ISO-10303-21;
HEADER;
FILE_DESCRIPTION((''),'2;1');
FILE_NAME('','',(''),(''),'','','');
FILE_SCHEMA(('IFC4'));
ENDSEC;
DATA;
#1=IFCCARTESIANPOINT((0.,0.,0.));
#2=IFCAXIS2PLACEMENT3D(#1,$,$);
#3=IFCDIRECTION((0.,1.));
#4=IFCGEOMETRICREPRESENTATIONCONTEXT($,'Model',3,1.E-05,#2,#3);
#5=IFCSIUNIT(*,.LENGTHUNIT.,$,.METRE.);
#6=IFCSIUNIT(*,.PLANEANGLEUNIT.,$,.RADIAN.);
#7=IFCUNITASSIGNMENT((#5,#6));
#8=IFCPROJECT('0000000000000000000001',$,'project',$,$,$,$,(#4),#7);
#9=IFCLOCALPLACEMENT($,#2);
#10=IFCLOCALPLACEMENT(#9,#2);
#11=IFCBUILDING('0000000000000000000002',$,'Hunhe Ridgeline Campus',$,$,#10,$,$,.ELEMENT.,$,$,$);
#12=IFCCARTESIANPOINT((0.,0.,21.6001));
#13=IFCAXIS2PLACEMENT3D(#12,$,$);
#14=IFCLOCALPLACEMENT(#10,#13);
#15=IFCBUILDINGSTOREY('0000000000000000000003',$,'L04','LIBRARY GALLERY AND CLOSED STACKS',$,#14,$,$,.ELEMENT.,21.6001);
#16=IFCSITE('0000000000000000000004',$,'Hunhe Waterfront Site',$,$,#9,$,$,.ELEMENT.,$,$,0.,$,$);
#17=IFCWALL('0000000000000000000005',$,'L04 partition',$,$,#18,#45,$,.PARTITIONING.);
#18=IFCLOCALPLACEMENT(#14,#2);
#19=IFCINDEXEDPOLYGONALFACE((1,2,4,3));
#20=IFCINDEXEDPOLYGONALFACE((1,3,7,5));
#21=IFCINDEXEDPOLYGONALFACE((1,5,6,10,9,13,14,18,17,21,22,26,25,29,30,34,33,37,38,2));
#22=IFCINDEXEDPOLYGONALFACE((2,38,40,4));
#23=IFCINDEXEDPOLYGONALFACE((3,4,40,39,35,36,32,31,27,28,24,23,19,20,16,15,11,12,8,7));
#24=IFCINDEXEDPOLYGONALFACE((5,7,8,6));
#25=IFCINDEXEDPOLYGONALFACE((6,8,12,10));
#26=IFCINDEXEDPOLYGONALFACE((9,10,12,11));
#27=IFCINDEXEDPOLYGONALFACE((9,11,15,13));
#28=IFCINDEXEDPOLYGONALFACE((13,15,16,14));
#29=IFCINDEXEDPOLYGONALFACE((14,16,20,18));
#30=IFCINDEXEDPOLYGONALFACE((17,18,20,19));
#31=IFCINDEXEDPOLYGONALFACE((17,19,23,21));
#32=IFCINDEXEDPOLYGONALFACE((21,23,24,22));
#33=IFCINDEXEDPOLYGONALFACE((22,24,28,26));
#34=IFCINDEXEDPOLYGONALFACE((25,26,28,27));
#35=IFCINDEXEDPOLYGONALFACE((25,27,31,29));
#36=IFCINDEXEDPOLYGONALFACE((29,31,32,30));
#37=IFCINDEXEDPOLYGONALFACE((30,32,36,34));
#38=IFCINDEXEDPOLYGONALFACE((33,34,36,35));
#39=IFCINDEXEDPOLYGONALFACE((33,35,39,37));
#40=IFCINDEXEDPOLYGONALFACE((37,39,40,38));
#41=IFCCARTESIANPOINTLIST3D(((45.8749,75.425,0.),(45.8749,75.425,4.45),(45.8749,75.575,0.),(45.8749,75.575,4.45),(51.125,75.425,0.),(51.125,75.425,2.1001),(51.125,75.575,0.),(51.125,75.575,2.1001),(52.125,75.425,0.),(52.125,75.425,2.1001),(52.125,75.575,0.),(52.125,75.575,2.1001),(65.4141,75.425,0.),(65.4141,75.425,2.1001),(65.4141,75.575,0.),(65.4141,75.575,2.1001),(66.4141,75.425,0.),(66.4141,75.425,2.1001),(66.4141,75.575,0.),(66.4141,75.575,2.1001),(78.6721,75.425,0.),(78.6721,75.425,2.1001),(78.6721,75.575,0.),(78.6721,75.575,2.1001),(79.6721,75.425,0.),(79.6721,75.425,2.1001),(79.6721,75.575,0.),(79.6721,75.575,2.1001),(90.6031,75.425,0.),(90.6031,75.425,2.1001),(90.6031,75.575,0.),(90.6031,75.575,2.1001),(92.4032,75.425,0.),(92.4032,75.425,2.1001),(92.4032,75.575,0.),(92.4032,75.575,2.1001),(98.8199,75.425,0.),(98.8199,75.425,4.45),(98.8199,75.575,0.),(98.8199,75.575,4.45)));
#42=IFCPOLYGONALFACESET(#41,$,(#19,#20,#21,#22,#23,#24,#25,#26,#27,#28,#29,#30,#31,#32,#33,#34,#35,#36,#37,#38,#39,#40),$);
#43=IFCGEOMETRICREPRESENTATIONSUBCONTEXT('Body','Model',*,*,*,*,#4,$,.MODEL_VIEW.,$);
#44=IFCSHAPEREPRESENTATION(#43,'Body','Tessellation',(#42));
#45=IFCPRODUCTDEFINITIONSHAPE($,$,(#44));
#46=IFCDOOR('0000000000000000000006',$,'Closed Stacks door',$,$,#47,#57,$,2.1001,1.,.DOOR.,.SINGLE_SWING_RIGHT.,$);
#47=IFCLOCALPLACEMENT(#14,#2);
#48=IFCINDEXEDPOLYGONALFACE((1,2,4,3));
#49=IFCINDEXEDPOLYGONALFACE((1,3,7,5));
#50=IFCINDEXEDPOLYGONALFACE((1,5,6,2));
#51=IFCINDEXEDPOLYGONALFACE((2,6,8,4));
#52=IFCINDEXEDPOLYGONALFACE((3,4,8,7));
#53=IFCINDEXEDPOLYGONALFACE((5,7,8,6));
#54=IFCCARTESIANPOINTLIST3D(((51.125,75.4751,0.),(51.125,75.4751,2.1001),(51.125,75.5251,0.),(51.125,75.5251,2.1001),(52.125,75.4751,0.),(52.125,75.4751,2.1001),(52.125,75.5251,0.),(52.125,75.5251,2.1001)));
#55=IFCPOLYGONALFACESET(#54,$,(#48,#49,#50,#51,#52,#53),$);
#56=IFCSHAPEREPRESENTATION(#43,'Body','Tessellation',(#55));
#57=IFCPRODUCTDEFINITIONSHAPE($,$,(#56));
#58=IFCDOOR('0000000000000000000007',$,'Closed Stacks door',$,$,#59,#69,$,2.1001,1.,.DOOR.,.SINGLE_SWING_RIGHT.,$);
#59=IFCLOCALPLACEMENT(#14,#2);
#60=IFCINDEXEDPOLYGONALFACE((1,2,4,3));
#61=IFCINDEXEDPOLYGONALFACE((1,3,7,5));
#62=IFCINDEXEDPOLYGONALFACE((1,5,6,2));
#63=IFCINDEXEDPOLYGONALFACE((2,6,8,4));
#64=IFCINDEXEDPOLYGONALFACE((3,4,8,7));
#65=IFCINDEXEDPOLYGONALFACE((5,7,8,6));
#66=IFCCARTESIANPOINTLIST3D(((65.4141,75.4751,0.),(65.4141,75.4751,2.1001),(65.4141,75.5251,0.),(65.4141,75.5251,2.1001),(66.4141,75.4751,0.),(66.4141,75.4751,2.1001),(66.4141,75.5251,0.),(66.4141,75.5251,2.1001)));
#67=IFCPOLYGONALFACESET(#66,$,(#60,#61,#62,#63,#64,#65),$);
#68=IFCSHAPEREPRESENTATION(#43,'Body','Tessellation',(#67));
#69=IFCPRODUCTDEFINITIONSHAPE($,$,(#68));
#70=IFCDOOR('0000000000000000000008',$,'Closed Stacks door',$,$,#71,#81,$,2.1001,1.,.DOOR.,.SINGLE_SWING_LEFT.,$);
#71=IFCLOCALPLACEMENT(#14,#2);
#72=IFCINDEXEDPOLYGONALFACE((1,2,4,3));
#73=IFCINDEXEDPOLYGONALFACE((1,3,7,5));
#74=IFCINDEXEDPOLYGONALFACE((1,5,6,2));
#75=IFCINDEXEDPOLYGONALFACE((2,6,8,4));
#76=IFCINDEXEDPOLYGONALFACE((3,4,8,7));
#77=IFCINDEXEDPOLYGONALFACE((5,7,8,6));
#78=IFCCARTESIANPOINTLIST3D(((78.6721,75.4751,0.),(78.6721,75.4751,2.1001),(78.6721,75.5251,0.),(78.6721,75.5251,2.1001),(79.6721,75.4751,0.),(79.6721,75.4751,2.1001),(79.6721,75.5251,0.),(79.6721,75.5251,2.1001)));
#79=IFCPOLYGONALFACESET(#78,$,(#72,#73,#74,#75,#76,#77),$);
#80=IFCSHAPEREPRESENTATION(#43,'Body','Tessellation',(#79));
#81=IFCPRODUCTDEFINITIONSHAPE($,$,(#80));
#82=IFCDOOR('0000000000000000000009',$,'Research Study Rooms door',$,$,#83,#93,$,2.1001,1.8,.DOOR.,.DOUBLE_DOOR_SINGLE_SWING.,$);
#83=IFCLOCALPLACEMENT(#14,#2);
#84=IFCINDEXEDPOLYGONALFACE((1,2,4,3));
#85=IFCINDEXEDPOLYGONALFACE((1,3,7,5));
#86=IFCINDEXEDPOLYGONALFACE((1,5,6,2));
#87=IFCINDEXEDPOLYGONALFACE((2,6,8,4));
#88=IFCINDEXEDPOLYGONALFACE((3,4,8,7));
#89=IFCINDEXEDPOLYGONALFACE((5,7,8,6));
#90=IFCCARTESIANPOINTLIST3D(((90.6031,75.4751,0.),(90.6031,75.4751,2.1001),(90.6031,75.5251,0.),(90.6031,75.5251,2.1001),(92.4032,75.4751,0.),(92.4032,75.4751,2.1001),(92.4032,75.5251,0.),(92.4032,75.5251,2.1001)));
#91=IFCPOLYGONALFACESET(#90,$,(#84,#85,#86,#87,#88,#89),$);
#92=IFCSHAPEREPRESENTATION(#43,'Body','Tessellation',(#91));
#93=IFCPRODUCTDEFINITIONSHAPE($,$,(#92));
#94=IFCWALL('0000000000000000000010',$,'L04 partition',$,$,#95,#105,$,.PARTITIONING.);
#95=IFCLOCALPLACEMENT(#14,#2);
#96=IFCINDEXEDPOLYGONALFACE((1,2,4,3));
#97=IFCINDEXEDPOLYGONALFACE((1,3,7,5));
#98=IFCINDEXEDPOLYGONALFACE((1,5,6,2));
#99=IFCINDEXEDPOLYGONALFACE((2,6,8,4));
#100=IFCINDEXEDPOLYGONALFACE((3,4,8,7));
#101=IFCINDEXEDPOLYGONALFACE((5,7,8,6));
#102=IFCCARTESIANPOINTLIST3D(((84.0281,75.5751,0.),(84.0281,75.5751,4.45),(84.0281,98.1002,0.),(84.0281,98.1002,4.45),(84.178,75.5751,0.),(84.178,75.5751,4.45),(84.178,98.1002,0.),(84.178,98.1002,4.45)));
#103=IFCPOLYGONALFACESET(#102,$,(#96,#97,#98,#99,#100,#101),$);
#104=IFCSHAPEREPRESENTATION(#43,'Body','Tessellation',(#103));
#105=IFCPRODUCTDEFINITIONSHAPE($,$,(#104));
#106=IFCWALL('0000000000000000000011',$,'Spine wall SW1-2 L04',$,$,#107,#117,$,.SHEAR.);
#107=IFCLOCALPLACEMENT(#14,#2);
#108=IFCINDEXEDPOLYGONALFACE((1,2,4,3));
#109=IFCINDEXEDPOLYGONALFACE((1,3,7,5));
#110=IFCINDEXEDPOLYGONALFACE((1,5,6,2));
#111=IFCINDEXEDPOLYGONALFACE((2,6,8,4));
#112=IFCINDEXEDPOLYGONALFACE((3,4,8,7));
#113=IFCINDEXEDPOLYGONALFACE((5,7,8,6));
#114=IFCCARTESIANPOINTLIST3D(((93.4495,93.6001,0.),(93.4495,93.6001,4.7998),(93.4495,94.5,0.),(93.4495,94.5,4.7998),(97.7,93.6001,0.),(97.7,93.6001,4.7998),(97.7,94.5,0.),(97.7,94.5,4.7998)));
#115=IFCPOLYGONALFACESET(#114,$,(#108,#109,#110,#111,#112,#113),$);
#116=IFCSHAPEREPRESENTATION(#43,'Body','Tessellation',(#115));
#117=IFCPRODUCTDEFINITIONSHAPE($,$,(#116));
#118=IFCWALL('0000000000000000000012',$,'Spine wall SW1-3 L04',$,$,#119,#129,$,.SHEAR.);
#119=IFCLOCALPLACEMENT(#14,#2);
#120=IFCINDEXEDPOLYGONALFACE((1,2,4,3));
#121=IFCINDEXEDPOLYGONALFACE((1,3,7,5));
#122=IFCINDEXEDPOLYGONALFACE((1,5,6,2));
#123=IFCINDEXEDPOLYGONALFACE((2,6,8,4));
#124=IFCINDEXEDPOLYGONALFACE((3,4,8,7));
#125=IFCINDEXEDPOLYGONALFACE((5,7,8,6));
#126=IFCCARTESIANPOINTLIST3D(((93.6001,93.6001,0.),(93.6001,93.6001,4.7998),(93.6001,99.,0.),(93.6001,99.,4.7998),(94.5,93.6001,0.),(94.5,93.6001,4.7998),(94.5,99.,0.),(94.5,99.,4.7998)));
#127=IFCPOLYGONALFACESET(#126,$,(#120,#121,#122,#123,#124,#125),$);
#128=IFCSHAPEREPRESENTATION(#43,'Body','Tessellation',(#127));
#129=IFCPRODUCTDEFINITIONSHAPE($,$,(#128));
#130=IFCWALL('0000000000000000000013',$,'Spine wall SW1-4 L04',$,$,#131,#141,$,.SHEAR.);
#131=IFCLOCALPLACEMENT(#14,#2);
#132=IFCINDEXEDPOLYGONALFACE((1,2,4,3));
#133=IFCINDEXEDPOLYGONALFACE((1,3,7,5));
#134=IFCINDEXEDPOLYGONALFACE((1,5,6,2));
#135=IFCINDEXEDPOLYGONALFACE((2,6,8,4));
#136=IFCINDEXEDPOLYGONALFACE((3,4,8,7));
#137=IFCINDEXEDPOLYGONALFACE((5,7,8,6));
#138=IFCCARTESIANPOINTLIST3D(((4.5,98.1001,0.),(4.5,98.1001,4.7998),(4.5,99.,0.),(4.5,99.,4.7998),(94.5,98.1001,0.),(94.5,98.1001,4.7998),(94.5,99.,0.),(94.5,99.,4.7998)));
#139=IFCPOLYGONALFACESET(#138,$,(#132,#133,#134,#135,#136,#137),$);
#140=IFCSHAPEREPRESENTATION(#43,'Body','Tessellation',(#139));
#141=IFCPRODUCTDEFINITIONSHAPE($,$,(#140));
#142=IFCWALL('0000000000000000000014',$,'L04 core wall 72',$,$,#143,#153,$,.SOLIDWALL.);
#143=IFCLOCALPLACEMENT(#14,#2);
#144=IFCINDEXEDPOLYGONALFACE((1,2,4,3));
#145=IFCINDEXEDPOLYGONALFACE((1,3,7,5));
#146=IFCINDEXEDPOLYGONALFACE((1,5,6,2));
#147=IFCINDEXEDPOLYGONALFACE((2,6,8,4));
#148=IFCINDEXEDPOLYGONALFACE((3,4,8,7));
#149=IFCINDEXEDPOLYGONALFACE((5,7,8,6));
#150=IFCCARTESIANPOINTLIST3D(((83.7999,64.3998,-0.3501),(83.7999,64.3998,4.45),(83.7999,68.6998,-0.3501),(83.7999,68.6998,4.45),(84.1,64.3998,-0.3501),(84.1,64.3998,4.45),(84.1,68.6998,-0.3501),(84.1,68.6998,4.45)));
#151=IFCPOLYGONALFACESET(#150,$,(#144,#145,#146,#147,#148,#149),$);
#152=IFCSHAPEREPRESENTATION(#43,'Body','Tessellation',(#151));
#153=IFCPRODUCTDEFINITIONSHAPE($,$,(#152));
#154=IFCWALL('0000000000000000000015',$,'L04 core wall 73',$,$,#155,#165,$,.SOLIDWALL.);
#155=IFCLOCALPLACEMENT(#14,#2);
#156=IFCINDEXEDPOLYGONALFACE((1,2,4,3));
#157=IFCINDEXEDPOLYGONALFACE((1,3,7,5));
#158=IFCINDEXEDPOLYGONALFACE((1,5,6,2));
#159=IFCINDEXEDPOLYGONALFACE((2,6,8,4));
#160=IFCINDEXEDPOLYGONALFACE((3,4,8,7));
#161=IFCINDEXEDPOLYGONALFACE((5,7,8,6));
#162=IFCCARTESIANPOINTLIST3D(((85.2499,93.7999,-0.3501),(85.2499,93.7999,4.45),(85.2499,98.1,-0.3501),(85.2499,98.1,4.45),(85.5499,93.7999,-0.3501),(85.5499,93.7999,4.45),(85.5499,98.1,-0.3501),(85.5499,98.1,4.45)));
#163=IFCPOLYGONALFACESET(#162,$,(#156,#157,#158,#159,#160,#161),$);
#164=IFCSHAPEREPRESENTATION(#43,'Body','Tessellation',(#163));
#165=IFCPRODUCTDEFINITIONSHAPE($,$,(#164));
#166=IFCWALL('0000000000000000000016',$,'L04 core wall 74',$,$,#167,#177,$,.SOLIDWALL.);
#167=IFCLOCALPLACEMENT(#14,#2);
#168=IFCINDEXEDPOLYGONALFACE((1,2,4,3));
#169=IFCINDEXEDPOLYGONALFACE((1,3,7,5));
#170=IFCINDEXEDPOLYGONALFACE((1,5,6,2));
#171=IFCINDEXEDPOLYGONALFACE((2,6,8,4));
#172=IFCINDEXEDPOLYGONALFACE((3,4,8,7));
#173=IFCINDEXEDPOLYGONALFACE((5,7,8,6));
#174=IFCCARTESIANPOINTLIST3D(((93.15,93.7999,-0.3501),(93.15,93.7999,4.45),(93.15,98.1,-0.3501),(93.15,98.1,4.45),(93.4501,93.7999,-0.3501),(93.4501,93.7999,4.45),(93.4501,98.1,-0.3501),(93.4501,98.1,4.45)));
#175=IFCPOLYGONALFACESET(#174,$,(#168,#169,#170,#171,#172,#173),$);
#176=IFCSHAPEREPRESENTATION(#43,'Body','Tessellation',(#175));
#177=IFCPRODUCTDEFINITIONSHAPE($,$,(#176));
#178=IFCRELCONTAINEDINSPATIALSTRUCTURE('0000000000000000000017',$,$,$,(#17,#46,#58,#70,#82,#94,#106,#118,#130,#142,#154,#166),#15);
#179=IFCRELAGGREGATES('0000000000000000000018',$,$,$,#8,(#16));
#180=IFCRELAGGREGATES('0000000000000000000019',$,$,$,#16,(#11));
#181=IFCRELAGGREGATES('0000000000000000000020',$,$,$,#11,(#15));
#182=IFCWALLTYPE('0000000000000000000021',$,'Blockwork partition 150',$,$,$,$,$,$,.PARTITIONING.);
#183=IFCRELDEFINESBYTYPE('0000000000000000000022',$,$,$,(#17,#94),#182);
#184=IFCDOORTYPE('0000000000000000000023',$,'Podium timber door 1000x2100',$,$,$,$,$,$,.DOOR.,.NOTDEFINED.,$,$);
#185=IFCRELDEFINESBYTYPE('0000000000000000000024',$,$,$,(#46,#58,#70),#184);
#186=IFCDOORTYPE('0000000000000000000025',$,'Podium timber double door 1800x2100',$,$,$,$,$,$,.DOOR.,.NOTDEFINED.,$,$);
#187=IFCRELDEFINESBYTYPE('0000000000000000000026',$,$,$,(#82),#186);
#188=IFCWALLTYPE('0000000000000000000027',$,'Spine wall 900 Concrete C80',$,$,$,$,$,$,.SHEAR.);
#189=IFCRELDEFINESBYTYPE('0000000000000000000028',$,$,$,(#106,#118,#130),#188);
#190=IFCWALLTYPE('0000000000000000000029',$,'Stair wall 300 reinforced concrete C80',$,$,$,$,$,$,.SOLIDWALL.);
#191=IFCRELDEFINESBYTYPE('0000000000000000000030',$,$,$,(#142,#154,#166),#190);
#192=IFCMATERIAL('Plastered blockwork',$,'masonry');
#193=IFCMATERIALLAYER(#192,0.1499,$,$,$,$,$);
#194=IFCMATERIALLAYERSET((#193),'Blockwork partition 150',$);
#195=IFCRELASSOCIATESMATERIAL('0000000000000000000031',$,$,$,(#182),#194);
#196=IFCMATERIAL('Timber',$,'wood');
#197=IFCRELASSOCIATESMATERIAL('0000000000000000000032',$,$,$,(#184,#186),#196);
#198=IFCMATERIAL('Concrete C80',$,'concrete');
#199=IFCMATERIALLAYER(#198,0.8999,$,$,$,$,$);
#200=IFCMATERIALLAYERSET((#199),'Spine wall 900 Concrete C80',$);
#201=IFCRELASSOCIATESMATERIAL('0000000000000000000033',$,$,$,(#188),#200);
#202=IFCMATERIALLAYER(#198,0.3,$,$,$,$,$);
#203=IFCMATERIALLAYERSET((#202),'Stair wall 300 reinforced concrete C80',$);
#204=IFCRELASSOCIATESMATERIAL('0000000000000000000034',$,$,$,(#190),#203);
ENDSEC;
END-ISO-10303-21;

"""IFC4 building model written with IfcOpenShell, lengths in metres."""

from ifc_helpers import new_model, si_unit, direction, frame, frame_2d, origin, place, context, subcontext, project, spatial, rectangle, extrude, material, layer, layer_set, type_object, element, fill, save


model = new_model("IFC4")

# Units and contexts
model_context = context("Model", 3, precision=1e-05, world=origin(), true_north=direction((0.0, 1.0)))
body_context = subcontext(model_context, "Body", "Model", "MODEL_VIEW")
ifc_project = project(units=[si_unit("LENGTHUNIT", "METRE"), si_unit("PLANEANGLEUNIT", "RADIAN")], contexts=[model_context])

# Site, building, storey
site_placement = place(None, origin())
site = spatial("IfcSite", under=ifc_project, at=site_placement, Name="Hunhe Waterfront Site", CompositionType="ELEMENT", RefElevation=0.0)
building_placement = place(site_placement, origin())
building = spatial("IfcBuilding", under=site, at=building_placement, Name="Hunhe Ridgeline Campus", CompositionType="ELEMENT")
storey_placement = place(building_placement, frame((0.0, 0.0, 21.6001)))
storey = spatial("IfcBuildingStorey", under=building, at=storey_placement, Name="L04", Description="LIBRARY GALLERY AND CLOSED STACKS", CompositionType="ELEMENT", Elevation=21.6001)

# Shared definitions
ifc_material_1 = material(Name="Concrete C80", Category="concrete")

# Wall, openings, doors
ifc_material_2 = material(Name="Plastered blockwork", Category="masonry")
ifc_layer_1 = layer(ifc_material_2, 0.1499)
ifc_layer_set_1 = layer_set([ifc_layer_1], Name="Blockwork partition 150")
wall_type_1 = type_object("IfcWallType", Name="Blockwork partition 150", PredefinedType="PARTITIONING", material=ifc_layer_set_1)
ifc_material_3 = material(Name="Timber", Category="wood")
door_type_1 = type_object("IfcDoorType", Name="Podium timber door 1000x2100", OperationType="NOTDEFINED", PredefinedType="DOOR", material=ifc_material_3)
wall_1_placement = place(storey_placement, frame((98.8201, 75.5, 0.0), z_axis=(0.0, 0.0, 1.0), x_axis=(-1.0, 0.0, 0.0)))
wall_1 = element("IfcWall", 1, at=wall_1_placement, inside=storey, type_object=wall_type_1, Name="L04 partition", PredefinedType="PARTITIONING", context=body_context, shape_type="SweptSolid", body=[
    extrude(rectangle(XDim=52.9451, YDim=0.1499, at=frame_2d((26.4727, 0.0))), origin(), (0.0, 0.0, 1.0), 4.45),
])
opening_1_placement = place(wall_1_placement, frame((46.6951, 0.0, 0.0)))
opening_1 = element("IfcOpeningElement", 2, at=opening_1_placement, cuts=wall_1, PredefinedType="OPENING", context=body_context, shape_type="SweptSolid", body=[
    extrude(rectangle(XDim=1.0, YDim=2.1001, at=frame_2d((0.5, 1.05))), frame((0.0, 0.075, 0.0), z_axis=(0.0, -1.0, 0.0), x_axis=(1.0, 0.0, 0.0)), (0.0, 0.0, 1.0), 0.1499),
])
opening_2_placement = place(wall_1_placement, frame((32.406, 0.0, 0.0)))
opening_2 = element("IfcOpeningElement", 3, at=opening_2_placement, cuts=wall_1, PredefinedType="OPENING", context=body_context, shape_type="SweptSolid", body=[
    extrude(rectangle(XDim=1.0, YDim=2.1001, at=frame_2d((0.5, 1.05))), frame((0.0, 0.075, 0.0), z_axis=(0.0, -1.0, 0.0), x_axis=(1.0, 0.0, 0.0)), (0.0, 0.0, 1.0), 0.1499),
])
opening_3_placement = place(wall_1_placement, frame((19.1479, 0.0, 0.0)))
opening_3 = element("IfcOpeningElement", 4, at=opening_3_placement, cuts=wall_1, PredefinedType="OPENING", context=body_context, shape_type="SweptSolid", body=[
    extrude(rectangle(XDim=1.0, YDim=2.1001, at=frame_2d((0.5, 1.05))), frame((0.0, 0.075, 0.0), z_axis=(0.0, -1.0, 0.0), x_axis=(1.0, 0.0, 0.0)), (0.0, 0.0, 1.0), 0.1499),
])
opening_4_placement = place(wall_1_placement, frame((6.417, 0.0, 0.0)))
opening_4 = element("IfcOpeningElement", 5, at=opening_4_placement, cuts=wall_1, PredefinedType="OPENING", context=body_context, shape_type="SweptSolid", body=[
    extrude(rectangle(XDim=1.8, YDim=2.1001, at=frame_2d((0.8999, 1.05))), frame((0.0, 0.075, 0.0), z_axis=(0.0, -1.0, 0.0), x_axis=(1.0, 0.0, 0.0)), (0.0, 0.0, 1.0), 0.1499),
])
door_1_placement = place(opening_1_placement, origin())
door_1 = element("IfcDoor", 6, at=door_1_placement, inside=storey, type_object=door_type_1, Name="Closed Stacks door", OperationType="SINGLE_SWING_RIGHT", OverallHeight=2.1001, OverallWidth=1.0, PredefinedType="DOOR", context=body_context, shape_type="SweptSolid", body=[
    extrude(rectangle(XDim=1.0, YDim=2.1001, at=frame_2d((0.5, 1.05))), frame((0.0, 0.0249, 0.0), z_axis=(0.0, -1.0, 0.0), x_axis=(1.0, 0.0, 0.0)), (0.0, 0.0, 1.0), 0.05),
])
fill(opening_1, door_1)
door_2_placement = place(opening_2_placement, origin())
door_2 = element("IfcDoor", 7, at=door_2_placement, inside=storey, type_object=door_type_1, Name="Closed Stacks door", OperationType="SINGLE_SWING_RIGHT", OverallHeight=2.1001, OverallWidth=1.0, PredefinedType="DOOR", context=body_context, shape_type="SweptSolid", body=[
    extrude(rectangle(XDim=1.0, YDim=2.1001, at=frame_2d((0.5, 1.05))), frame((0.0, 0.0249, 0.0), z_axis=(0.0, -1.0, 0.0), x_axis=(1.0, 0.0, 0.0)), (0.0, 0.0, 1.0), 0.05),
])
fill(opening_2, door_2)
door_3_placement = place(opening_3_placement, origin())
door_3 = element("IfcDoor", 8, at=door_3_placement, inside=storey, type_object=door_type_1, Name="Closed Stacks door", OperationType="SINGLE_SWING_LEFT", OverallHeight=2.1001, OverallWidth=1.0, PredefinedType="DOOR", context=body_context, shape_type="SweptSolid", body=[
    extrude(rectangle(XDim=1.0, YDim=2.1001, at=frame_2d((0.5, 1.05))), frame((0.0, 0.0249, 0.0), z_axis=(0.0, -1.0, 0.0), x_axis=(1.0, 0.0, 0.0)), (0.0, 0.0, 1.0), 0.05),
])
fill(opening_3, door_3)
door_type_2 = type_object("IfcDoorType", Name="Podium timber double door 1800x2100", OperationType="NOTDEFINED", PredefinedType="DOOR", material=ifc_material_3)
door_4_placement = place(opening_4_placement, origin())
door_4 = element("IfcDoor", 9, at=door_4_placement, inside=storey, type_object=door_type_2, Name="Research Study Rooms door", OperationType="DOUBLE_DOOR_SINGLE_SWING", OverallHeight=2.1001, OverallWidth=1.8, PredefinedType="DOOR", context=body_context, shape_type="SweptSolid", body=[
    extrude(rectangle(XDim=1.8, YDim=2.1001, at=frame_2d((0.8999, 1.05))), frame((0.0, 0.0249, 0.0), z_axis=(0.0, -1.0, 0.0), x_axis=(1.0, 0.0, 0.0)), (0.0, 0.0, 1.0), 0.05),
])
fill(opening_4, door_4)

# Walls
wall_2_placement = place(storey_placement, frame((84.103, 75.575, 0.0), z_axis=(0.0, 0.0, 1.0), x_axis=(0.0, 1.0, 0.0)))
element("IfcWall", 10, at=wall_2_placement, inside=storey, type_object=wall_type_1, Name="L04 partition", PredefinedType="PARTITIONING", context=body_context, shape_type="SweptSolid", body=[
    extrude(rectangle(XDim=22.5251, YDim=0.1499, at=frame_2d((11.2627, 0.0))), origin(), (0.0, 0.0, 1.0), 4.45),
])
ifc_layer_2 = layer(ifc_material_1, 0.8999)
ifc_layer_set_2 = layer_set([ifc_layer_2], Name="Spine wall 900 Concrete C80")
wall_type_2 = type_object("IfcWallType", Name="Spine wall 900 Concrete C80", PredefinedType="SHEAR", material=ifc_layer_set_2)
wall_3_placement = place(storey_placement, frame((97.7, 94.05, 0.0), z_axis=(0.0, 0.0, 1.0), x_axis=(-1.0, 0.0, 0.0)))
element("IfcWall", 11, at=wall_3_placement, inside=storey, type_object=wall_type_2, Name="Spine wall SW1-2 L04", PredefinedType="SHEAR", context=body_context, shape_type="SweptSolid", body=[
    extrude(rectangle(XDim=4.2505, YDim=0.8999, at=frame_2d((2.1252, 0.0))), origin(), (0.0, 0.0, 1.0), 4.7998),
])
wall_4_placement = place(storey_placement, frame((94.05, 93.6001, 0.0), z_axis=(0.0, 0.0, 1.0), x_axis=(0.0, 1.0, 0.0)))
element("IfcWall", 12, at=wall_4_placement, inside=storey, type_object=wall_type_2, Name="Spine wall SW1-3 L04", PredefinedType="SHEAR", context=body_context, shape_type="SweptSolid", body=[
    extrude(rectangle(XDim=5.3999, YDim=0.8999, at=frame_2d((2.7, 0.0))), origin(), (0.0, 0.0, 1.0), 4.7998),
])
wall_5_placement = place(storey_placement, frame((94.5, 98.55, 0.0), z_axis=(0.0, 0.0, 1.0), x_axis=(-1.0, 0.0, 0.0)))
element("IfcWall", 13, at=wall_5_placement, inside=storey, type_object=wall_type_2, Name="Spine wall SW1-4 L04", PredefinedType="SHEAR", context=body_context, shape_type="SweptSolid", body=[
    extrude(rectangle(XDim=90.0, YDim=0.8999, at=frame_2d((45.0, 0.0))), origin(), (0.0, 0.0, 1.0), 4.7998),
])

# Shared definitions
ifc_layer_3 = layer(ifc_material_1, 0.3)
ifc_layer_set_3 = layer_set([ifc_layer_3], Name="Stair wall 300 reinforced concrete C80")
wall_type_3 = type_object("IfcWallType", Name="Stair wall 300 reinforced concrete C80", PredefinedType="SOLIDWALL", material=ifc_layer_set_3)

# Walls
for number, where, z_axis, x_axis, name in (
    (14, (83.95, 64.3999, -0.3501), (0.0, 0.0, 1.0), (0.0, 1.0, 0.0), "L04 core wall 72"),
    (15, (85.3999, 93.8, -0.3501), (0.0, 0.0, 1.0), (0.0, 1.0, 0.0), "L04 core wall 73"),
    (16, (93.3, 93.8, -0.3501), (0.0, 0.0, 1.0), (0.0, 1.0, 0.0), "L04 core wall 74"),
):
    element("IfcWall", number, at=place(storey_placement, frame(where, z_axis=z_axis, x_axis=x_axis)), inside=storey, type_object=wall_type_3, Name=name, PredefinedType="SOLIDWALL", context=body_context, shape_type="SweptSolid", body=[
        extrude(rectangle(XDim=4.3, YDim=0.3, at=frame_2d((2.1499, 0.0))), origin(), (0.0, 0.0, 1.0), 4.8),
    ])

save(model, "model.ifc")
